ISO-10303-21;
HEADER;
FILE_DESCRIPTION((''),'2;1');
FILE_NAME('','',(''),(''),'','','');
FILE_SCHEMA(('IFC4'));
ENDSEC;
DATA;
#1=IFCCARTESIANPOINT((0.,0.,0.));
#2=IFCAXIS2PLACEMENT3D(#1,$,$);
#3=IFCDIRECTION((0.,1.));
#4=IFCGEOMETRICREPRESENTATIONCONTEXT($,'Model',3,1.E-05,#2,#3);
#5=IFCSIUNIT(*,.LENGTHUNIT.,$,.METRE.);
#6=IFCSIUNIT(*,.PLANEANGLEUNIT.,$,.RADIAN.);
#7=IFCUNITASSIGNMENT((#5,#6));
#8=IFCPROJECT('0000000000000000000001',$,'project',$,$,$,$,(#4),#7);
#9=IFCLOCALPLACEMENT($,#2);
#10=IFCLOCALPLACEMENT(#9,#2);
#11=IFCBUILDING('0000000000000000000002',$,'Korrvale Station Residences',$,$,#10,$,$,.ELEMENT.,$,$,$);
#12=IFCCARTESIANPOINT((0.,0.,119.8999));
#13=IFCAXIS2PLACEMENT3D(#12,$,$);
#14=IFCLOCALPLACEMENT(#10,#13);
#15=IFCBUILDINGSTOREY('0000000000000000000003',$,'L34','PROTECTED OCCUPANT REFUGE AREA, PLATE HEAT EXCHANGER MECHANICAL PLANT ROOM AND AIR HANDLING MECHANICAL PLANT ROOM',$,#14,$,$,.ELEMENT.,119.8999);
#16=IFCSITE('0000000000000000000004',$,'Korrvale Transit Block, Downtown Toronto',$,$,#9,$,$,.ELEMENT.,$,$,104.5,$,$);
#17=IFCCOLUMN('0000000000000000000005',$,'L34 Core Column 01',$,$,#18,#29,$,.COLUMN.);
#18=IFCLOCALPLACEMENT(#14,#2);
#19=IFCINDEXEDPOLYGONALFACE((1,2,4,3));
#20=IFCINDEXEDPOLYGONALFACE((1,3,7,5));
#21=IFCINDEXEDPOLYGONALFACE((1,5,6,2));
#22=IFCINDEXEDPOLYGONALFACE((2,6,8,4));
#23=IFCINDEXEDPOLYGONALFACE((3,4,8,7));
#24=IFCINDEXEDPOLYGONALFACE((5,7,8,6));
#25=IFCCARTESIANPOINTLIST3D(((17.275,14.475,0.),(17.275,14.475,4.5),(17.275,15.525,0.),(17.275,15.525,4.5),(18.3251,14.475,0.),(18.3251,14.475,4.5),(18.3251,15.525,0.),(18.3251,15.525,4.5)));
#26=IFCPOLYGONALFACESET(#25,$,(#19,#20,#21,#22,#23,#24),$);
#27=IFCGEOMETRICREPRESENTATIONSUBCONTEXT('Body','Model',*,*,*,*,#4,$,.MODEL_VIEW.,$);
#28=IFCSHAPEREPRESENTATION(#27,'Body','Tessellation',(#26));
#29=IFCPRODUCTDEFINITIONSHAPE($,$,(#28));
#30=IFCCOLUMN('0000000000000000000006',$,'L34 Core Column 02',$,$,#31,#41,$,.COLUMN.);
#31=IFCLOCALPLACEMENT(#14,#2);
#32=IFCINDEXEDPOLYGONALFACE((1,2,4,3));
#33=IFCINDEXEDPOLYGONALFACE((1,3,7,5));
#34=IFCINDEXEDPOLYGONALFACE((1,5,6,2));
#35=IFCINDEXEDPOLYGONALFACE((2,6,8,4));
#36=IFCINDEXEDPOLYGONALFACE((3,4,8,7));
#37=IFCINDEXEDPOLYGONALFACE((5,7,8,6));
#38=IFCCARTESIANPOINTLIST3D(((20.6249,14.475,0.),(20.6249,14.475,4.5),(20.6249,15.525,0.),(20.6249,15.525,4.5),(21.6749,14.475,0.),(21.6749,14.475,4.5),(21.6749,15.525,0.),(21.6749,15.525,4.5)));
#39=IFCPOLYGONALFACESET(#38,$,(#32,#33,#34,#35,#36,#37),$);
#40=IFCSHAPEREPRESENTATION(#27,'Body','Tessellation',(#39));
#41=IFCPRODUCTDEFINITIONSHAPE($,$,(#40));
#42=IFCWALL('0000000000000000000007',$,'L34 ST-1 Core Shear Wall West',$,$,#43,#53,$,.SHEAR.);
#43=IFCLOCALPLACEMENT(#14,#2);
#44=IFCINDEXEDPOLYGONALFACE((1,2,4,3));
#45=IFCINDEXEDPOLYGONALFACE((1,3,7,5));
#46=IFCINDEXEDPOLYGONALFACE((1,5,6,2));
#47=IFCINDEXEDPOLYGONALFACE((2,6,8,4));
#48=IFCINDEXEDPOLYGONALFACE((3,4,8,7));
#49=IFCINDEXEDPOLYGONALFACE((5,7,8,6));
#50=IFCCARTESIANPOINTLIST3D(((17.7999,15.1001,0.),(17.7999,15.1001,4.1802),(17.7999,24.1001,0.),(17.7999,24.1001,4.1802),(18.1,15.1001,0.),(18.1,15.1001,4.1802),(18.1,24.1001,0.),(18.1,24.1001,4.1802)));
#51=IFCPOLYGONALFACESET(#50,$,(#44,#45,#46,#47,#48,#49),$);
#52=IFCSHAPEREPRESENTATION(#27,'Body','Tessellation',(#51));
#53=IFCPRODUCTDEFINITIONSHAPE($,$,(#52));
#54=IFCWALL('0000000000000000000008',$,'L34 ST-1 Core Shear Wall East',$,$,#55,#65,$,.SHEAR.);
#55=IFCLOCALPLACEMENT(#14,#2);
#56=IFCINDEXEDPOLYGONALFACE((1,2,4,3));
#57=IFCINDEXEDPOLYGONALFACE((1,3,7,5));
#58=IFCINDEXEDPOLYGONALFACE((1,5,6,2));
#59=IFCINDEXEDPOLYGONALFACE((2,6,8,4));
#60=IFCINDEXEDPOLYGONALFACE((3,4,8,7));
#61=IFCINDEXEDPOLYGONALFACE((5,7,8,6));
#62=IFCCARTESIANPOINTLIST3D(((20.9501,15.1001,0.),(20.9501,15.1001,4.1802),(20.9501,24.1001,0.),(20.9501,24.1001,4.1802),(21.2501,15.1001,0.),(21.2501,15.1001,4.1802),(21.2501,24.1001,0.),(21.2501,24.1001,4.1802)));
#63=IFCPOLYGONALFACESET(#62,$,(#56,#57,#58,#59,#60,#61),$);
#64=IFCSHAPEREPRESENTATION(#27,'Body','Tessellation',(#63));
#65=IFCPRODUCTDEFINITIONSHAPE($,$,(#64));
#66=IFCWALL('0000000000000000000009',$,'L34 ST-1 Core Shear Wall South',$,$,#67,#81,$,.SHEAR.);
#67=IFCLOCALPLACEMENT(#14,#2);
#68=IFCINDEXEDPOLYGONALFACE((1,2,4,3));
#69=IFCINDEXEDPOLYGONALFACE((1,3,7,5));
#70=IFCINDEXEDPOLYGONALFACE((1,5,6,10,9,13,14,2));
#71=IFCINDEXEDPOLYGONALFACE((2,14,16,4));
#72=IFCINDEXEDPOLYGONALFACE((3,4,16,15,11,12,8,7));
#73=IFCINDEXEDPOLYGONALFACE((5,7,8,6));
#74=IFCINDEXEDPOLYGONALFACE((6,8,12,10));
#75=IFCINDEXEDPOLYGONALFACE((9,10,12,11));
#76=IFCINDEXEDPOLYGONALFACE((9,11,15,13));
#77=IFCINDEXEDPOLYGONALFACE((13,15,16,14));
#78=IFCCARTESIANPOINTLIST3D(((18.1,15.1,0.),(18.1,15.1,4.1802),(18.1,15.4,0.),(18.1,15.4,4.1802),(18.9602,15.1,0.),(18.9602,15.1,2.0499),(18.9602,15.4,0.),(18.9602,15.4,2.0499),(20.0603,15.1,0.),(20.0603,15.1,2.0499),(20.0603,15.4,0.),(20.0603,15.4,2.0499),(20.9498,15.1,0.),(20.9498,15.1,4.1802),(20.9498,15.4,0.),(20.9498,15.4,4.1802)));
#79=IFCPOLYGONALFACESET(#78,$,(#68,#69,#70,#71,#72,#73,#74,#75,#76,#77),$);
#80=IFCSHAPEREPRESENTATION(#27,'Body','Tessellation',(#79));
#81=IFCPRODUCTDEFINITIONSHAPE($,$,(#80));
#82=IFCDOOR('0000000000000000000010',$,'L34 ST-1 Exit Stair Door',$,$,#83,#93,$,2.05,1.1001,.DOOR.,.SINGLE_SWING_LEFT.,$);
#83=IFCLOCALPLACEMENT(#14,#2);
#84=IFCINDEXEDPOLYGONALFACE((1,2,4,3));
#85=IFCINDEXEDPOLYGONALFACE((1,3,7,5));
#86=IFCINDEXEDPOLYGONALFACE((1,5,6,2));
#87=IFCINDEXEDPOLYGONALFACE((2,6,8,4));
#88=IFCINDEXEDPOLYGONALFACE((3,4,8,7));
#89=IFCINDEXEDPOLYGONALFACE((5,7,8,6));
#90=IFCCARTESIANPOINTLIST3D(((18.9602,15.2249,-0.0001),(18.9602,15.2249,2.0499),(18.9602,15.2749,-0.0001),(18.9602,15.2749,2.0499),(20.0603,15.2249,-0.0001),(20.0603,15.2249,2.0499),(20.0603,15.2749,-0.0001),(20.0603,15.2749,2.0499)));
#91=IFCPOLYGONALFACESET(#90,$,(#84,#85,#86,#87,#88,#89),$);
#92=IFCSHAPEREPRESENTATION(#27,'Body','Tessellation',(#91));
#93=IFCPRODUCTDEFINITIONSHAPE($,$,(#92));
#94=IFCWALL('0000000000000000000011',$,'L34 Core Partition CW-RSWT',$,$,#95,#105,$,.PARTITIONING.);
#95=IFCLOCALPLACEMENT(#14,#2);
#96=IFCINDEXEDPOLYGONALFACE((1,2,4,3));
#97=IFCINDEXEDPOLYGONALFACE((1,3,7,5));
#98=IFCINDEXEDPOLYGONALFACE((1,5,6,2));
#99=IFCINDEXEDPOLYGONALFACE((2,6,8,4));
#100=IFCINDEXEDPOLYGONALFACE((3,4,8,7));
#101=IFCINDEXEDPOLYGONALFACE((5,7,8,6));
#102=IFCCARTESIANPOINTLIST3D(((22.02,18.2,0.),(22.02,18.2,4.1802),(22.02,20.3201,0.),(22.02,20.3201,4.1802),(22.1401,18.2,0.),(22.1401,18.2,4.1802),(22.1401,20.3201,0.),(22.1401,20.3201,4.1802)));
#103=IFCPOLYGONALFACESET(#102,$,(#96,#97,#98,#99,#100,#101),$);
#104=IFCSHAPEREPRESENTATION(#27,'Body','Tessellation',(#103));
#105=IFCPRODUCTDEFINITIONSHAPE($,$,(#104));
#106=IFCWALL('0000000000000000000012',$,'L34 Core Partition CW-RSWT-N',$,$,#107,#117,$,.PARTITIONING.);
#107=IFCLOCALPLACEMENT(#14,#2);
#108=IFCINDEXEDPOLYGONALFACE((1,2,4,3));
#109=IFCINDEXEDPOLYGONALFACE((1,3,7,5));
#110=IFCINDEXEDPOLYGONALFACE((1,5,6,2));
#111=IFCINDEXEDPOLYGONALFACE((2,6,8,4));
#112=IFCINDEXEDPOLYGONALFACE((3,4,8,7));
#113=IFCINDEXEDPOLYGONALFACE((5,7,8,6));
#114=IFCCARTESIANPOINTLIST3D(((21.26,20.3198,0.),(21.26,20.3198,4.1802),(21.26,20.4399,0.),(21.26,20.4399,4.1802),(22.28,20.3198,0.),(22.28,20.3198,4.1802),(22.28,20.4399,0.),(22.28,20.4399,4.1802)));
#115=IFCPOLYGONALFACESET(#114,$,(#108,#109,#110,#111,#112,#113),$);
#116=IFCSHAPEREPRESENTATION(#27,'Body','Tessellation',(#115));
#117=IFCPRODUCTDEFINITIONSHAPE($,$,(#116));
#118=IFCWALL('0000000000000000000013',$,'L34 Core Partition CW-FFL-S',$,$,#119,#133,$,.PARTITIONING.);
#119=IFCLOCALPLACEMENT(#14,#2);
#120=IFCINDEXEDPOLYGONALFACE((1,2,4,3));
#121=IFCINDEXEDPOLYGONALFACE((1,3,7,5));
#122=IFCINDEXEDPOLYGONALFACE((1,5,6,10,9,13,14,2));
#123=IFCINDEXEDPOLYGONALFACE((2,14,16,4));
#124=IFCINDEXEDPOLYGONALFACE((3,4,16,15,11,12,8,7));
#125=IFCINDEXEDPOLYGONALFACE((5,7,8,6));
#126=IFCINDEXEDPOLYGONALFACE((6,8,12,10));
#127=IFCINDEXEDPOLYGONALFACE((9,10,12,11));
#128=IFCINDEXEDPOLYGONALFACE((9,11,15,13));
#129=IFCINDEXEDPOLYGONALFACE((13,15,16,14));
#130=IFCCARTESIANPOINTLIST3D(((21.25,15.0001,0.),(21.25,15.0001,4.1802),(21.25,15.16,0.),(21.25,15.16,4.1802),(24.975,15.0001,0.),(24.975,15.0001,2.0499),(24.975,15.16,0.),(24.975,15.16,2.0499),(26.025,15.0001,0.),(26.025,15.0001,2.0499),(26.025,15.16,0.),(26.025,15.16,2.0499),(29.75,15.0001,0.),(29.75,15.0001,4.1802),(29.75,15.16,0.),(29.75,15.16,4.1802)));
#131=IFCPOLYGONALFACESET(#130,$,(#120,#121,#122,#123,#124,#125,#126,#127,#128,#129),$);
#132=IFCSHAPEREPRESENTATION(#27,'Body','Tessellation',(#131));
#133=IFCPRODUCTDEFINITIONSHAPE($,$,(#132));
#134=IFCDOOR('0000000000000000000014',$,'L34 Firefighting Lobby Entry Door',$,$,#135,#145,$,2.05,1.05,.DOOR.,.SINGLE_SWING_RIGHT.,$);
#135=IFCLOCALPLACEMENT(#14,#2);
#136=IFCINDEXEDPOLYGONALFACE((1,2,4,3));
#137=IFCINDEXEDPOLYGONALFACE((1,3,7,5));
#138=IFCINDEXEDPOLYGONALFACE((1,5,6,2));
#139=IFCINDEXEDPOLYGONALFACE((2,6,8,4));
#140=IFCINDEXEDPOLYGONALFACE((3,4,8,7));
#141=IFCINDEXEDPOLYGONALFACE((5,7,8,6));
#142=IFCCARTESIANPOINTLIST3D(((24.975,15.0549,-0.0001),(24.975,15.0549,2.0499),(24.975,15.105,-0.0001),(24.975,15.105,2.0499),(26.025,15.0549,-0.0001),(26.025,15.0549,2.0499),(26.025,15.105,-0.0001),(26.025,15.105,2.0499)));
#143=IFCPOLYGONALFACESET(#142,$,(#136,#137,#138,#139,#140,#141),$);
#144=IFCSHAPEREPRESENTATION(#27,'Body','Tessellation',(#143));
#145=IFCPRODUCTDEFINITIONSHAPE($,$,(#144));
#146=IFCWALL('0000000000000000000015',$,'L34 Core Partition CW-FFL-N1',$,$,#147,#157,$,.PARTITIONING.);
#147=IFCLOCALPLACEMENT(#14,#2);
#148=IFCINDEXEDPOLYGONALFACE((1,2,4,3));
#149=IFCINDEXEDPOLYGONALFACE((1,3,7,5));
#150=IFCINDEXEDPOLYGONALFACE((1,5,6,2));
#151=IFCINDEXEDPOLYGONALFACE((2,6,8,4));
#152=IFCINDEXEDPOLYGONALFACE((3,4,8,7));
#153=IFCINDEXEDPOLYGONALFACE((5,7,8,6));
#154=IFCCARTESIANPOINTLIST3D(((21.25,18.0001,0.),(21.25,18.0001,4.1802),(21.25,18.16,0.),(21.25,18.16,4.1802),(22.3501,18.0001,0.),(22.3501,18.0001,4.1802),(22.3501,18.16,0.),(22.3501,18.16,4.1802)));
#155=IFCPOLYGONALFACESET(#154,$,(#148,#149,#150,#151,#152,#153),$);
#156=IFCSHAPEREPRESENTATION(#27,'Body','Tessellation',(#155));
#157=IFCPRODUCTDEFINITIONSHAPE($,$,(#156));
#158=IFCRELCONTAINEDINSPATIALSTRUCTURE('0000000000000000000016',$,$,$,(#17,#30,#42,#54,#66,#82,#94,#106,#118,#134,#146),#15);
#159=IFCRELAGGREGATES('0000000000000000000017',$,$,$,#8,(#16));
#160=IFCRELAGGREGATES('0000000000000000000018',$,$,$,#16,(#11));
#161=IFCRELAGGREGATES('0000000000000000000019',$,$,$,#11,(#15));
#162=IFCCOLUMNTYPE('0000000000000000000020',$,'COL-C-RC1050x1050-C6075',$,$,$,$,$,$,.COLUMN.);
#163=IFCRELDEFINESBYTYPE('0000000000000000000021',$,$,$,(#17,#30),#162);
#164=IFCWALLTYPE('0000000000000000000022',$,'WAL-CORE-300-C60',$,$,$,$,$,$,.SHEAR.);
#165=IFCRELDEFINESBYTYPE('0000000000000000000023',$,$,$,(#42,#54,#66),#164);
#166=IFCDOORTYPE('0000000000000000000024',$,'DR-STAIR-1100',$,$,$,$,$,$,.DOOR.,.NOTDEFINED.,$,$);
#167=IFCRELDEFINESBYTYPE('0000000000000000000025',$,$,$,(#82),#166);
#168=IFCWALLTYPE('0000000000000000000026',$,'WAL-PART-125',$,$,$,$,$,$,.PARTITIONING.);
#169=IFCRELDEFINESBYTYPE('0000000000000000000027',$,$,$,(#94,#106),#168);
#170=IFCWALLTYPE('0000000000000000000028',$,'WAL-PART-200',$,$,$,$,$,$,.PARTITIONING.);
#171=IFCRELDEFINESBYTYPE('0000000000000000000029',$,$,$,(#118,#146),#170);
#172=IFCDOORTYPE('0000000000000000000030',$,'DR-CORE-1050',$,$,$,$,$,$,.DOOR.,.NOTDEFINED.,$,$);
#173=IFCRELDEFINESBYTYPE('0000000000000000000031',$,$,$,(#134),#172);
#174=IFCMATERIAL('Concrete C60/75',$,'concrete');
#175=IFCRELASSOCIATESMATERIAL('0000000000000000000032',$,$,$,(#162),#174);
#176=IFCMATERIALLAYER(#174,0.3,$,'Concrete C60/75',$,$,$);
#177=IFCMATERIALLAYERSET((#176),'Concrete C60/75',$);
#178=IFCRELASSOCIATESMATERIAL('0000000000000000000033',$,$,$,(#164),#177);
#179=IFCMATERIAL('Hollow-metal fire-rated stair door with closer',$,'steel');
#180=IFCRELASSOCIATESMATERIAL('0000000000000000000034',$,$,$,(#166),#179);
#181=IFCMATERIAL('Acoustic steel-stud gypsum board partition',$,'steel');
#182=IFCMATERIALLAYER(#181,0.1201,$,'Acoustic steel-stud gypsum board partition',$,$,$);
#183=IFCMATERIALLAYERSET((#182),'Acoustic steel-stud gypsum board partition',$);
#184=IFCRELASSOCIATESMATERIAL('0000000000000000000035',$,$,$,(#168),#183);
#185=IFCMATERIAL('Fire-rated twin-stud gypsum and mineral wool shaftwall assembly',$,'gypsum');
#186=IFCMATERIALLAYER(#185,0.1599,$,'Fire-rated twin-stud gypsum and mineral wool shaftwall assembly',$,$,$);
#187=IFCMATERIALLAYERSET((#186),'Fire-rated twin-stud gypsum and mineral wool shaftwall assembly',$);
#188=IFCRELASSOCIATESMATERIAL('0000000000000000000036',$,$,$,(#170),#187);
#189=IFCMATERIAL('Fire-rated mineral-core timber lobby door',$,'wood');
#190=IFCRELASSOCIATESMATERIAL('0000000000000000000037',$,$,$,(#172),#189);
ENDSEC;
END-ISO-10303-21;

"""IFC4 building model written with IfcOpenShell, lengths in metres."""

from ifc_helpers import new_model, si_unit, direction, frame, frame_2d, origin, origin_2d, place, context, subcontext, project, spatial, rectangle, extrude, material, layer, layer_set, material_profile, profile_set, type_object, element, fill, save


model = new_model("IFC4")

# Units and contexts
model_context = context("Model", 3, precision=1e-05, world=origin(), true_north=direction((0.0, 1.0)))
body_context = subcontext(model_context, "Body", "Model", "MODEL_VIEW")
ifc_project = project(units=[si_unit("LENGTHUNIT", "METRE"), si_unit("PLANEANGLEUNIT", "RADIAN")], contexts=[model_context])

# Site, building, storey
site_placement = place(None, origin())
site = spatial("IfcSite", under=ifc_project, at=site_placement, Name="Korrvale Transit Block, Downtown Toronto", CompositionType="ELEMENT", RefElevation=104.5)
building_placement = place(site_placement, origin())
building = spatial("IfcBuilding", under=site, at=building_placement, Name="Korrvale Station Residences", CompositionType="ELEMENT")
storey_placement = place(building_placement, frame((0.0, 0.0, 119.8999)))
storey = spatial("IfcBuildingStorey", under=building, at=storey_placement, Name="L34", Description="PROTECTED OCCUPANT REFUGE AREA, PLATE HEAT EXCHANGER MECHANICAL PLANT ROOM AND AIR HANDLING MECHANICAL PLANT ROOM", CompositionType="ELEMENT", Elevation=119.8999)

# Columns
ifc_material_1 = material(Name="Concrete C60/75", Category="concrete")
ifc_material_profile = material_profile(ifc_material_1, rectangle(XDim=1.05, YDim=1.05, at=origin_2d()), Name="RC1050x1050")
ifc_profile_set = profile_set([ifc_material_profile], Name="Concrete C60/75")
column_type = type_object("IfcColumnType", Name="COL-C-RC1050x1050-C6075", PredefinedType="COLUMN", material=ifc_profile_set)
for number, where, z_axis, x_axis, name in (
    (1, (17.8, 15.0, 0.0), (0.0, 0.0, 1.0), (1.0, 0.0, 0.0), "L34 Core Column 01"),
    (2, (21.1499, 15.0, 0.0), (0.0, 0.0, 1.0), (1.0, 0.0, 0.0), "L34 Core Column 02"),
):
    element("IfcColumn", number, at=place(storey_placement, frame(where, z_axis=z_axis, x_axis=x_axis)), inside=storey, type_object=column_type, Name=name, PredefinedType="COLUMN", context=body_context, shape_type="SweptSolid", body=[
        extrude(rectangle(XDim=1.05, YDim=1.05, at=origin_2d()), origin(), (0.0, 0.0, 1.0), 4.5),
    ])

# Walls
ifc_layer_1 = layer(ifc_material_1, 0.3, Name="Concrete C60/75")
ifc_layer_set_1 = layer_set([ifc_layer_1], Name="Concrete C60/75")
wall_type_1 = type_object("IfcWallType", Name="WAL-CORE-300-C60", PredefinedType="SHEAR", material=ifc_layer_set_1)
for number, where, z_axis, x_axis, name in (
    (3, (17.95, 15.1001, 0.0), (0.0, 0.0, 1.0), (0.0, 1.0, 0.0), "L34 ST-1 Core Shear Wall West"),
    (4, (21.1001, 15.1001, 0.0), (0.0, 0.0, 1.0), (0.0, 1.0, 0.0), "L34 ST-1 Core Shear Wall East"),
):
    element("IfcWall", number, at=place(storey_placement, frame(where, z_axis=z_axis, x_axis=x_axis)), inside=storey, type_object=wall_type_1, Name=name, PredefinedType="SHEAR", context=body_context, shape_type="SweptSolid", body=[
        extrude(rectangle(XDim=9.0, YDim=0.3, at=frame_2d((4.5, 0.0))), origin(), (0.0, 0.0, 1.0), 4.1802),
    ])

# Wall, opening, door
wall_1_placement = place(storey_placement, frame((18.1001, 15.25, 0.0), z_axis=(0.0, 0.0, 1.0), x_axis=(1.0, 0.0, 0.0)))
wall_1 = element("IfcWall", 5, at=wall_1_placement, inside=storey, type_object=wall_type_1, Name="L34 ST-1 Core Shear Wall South", PredefinedType="SHEAR", context=body_context, shape_type="SweptSolid", body=[
    extrude(rectangle(XDim=2.8499, YDim=0.3, at=frame_2d((1.4248, 0.0))), origin(), (0.0, 0.0, 1.0), 4.1802),
])
opening_1_placement = place(wall_1_placement, frame((0.8601, 0.0, 0.0)))
opening_1 = element("IfcOpeningElement", 6, at=opening_1_placement, cuts=wall_1, PredefinedType="OPENING", context=body_context, shape_type="SweptSolid", body=[
    extrude(rectangle(XDim=1.1001, YDim=2.05, at=frame_2d((0.55, 1.0249))), frame((0.0, 0.1602, 0.0), z_axis=(0.0, -1.0, 0.0), x_axis=(1.0, 0.0, 0.0)), (0.0, 0.0, 1.0), 0.3201),
])
ifc_material_2 = material(Name="Hollow-metal fire-rated stair door with closer", Category="steel")
door_type_1 = type_object("IfcDoorType", Name="DR-STAIR-1100", OperationType="NOTDEFINED", PredefinedType="DOOR", material=ifc_material_2)
door_1_placement = place(opening_1_placement, origin())
door_1 = element("IfcDoor", 7, at=door_1_placement, inside=storey, type_object=door_type_1, Name="L34 ST-1 Exit Stair Door", OperationType="SINGLE_SWING_LEFT", OverallHeight=2.05, OverallWidth=1.1001, PredefinedType="DOOR", context=body_context, shape_type="SweptSolid", body=[
    extrude(rectangle(XDim=1.1001, YDim=2.05, at=frame_2d((0.55, 1.0249))), frame((0.0, 0.0249, 0.0), z_axis=(0.0, -1.0, 0.0), x_axis=(1.0, 0.0, 0.0)), (0.0, 0.0, 1.0), 0.05),
])
fill(opening_1, door_1)

# Walls
ifc_material_3 = material(Name="Acoustic steel-stud gypsum board partition", Category="steel")
ifc_layer_2 = layer(ifc_material_3, 0.1201, Name="Acoustic steel-stud gypsum board partition")
ifc_layer_set_2 = layer_set([ifc_layer_2], Name="Acoustic steel-stud gypsum board partition")
wall_type_2 = type_object("IfcWallType", Name="WAL-PART-125", PredefinedType="PARTITIONING", material=ifc_layer_set_2)
wall_2_placement = place(storey_placement, frame((22.0801, 18.2, 0.0), z_axis=(0.0, 0.0, 1.0), x_axis=(0.0, 1.0, 0.0)))
element("IfcWall", 8, at=wall_2_placement, inside=storey, type_object=wall_type_2, Name="L34 Core Partition CW-RSWT", PredefinedType="PARTITIONING", context=body_context, shape_type="SweptSolid", body=[
    extrude(rectangle(XDim=2.1201, YDim=0.1201, at=frame_2d((1.0601, 0.0))), origin(), (0.0, 0.0, 1.0), 4.1802),
])
wall_3_placement = place(storey_placement, frame((22.28, 20.3799, 0.0), z_axis=(0.0, 0.0, 1.0), x_axis=(-1.0, 0.0, 0.0)))
element("IfcWall", 9, at=wall_3_placement, inside=storey, type_object=wall_type_2, Name="L34 Core Partition CW-RSWT-N", PredefinedType="PARTITIONING", context=body_context, shape_type="SweptSolid", body=[
    extrude(rectangle(XDim=1.02, YDim=0.1201, at=frame_2d((0.51, 0.0))), origin(), (0.0, 0.0, 1.0), 4.1802),
])

# Wall, opening, door
ifc_material_4 = material(Name="Fire-rated twin-stud gypsum and mineral wool shaftwall assembly", Category="gypsum")
ifc_layer_3 = layer(ifc_material_4, 0.1599, Name="Fire-rated twin-stud gypsum and mineral wool shaftwall assembly")
ifc_layer_set_3 = layer_set([ifc_layer_3], Name="Fire-rated twin-stud gypsum and mineral wool shaftwall assembly")
wall_type_3 = type_object("IfcWallType", Name="WAL-PART-200", PredefinedType="PARTITIONING", material=ifc_layer_set_3)
wall_4_placement = place(storey_placement, frame((21.25, 15.0801, 0.0), z_axis=(0.0, 0.0, 1.0), x_axis=(1.0, 0.0, 0.0)))
wall_4 = element("IfcWall", 10, at=wall_4_placement, inside=storey, type_object=wall_type_3, Name="L34 Core Partition CW-FFL-S", PredefinedType="PARTITIONING", context=body_context, shape_type="SweptSolid", body=[
    extrude(rectangle(XDim=8.5, YDim=0.1599, at=frame_2d((4.25, 0.0))), origin(), (0.0, 0.0, 1.0), 4.1802),
])
opening_2_placement = place(wall_4_placement, frame((3.7251, 0.0, 0.0)))
opening_2 = element("IfcOpeningElement", 11, at=opening_2_placement, cuts=wall_4, PredefinedType="OPENING", context=body_context, shape_type="SweptSolid", body=[
    extrude(rectangle(XDim=1.05, YDim=2.05, at=frame_2d((0.5249, 1.0249))), frame((0.0, 0.0898, 0.0), z_axis=(0.0, -1.0, 0.0), x_axis=(1.0, 0.0, 0.0)), (0.0, 0.0, 1.0), 0.1799),
])
ifc_material_5 = material(Name="Fire-rated mineral-core timber lobby door", Category="wood")
door_type_2 = type_object("IfcDoorType", Name="DR-CORE-1050", OperationType="NOTDEFINED", PredefinedType="DOOR", material=ifc_material_5)
door_2_placement = place(opening_2_placement, origin())
door_2 = element("IfcDoor", 12, at=door_2_placement, inside=storey, type_object=door_type_2, Name="L34 Firefighting Lobby Entry Door", OperationType="SINGLE_SWING_RIGHT", OverallHeight=2.05, OverallWidth=1.05, PredefinedType="DOOR", context=body_context, shape_type="SweptSolid", body=[
    extrude(rectangle(XDim=1.05, YDim=2.05, at=frame_2d((0.5249, 1.0249))), frame((0.0, 0.0249, 0.0), z_axis=(0.0, -1.0, 0.0), x_axis=(1.0, 0.0, 0.0)), (0.0, 0.0, 1.0), 0.05),
])
fill(opening_2, door_2)

# Wall
wall_5_placement = place(storey_placement, frame((21.25, 18.0801, 0.0), z_axis=(0.0, 0.0, 1.0), x_axis=(1.0, 0.0, 0.0)))
element("IfcWall", 13, at=wall_5_placement, inside=storey, type_object=wall_type_3, Name="L34 Core Partition CW-FFL-N1", PredefinedType="PARTITIONING", context=body_context, shape_type="SweptSolid", body=[
    extrude(rectangle(XDim=1.1001, YDim=0.1599, at=frame_2d((0.55, 0.0))), origin(), (0.0, 0.0, 1.0), 4.1802),
])

save(model, "model.ifc")
